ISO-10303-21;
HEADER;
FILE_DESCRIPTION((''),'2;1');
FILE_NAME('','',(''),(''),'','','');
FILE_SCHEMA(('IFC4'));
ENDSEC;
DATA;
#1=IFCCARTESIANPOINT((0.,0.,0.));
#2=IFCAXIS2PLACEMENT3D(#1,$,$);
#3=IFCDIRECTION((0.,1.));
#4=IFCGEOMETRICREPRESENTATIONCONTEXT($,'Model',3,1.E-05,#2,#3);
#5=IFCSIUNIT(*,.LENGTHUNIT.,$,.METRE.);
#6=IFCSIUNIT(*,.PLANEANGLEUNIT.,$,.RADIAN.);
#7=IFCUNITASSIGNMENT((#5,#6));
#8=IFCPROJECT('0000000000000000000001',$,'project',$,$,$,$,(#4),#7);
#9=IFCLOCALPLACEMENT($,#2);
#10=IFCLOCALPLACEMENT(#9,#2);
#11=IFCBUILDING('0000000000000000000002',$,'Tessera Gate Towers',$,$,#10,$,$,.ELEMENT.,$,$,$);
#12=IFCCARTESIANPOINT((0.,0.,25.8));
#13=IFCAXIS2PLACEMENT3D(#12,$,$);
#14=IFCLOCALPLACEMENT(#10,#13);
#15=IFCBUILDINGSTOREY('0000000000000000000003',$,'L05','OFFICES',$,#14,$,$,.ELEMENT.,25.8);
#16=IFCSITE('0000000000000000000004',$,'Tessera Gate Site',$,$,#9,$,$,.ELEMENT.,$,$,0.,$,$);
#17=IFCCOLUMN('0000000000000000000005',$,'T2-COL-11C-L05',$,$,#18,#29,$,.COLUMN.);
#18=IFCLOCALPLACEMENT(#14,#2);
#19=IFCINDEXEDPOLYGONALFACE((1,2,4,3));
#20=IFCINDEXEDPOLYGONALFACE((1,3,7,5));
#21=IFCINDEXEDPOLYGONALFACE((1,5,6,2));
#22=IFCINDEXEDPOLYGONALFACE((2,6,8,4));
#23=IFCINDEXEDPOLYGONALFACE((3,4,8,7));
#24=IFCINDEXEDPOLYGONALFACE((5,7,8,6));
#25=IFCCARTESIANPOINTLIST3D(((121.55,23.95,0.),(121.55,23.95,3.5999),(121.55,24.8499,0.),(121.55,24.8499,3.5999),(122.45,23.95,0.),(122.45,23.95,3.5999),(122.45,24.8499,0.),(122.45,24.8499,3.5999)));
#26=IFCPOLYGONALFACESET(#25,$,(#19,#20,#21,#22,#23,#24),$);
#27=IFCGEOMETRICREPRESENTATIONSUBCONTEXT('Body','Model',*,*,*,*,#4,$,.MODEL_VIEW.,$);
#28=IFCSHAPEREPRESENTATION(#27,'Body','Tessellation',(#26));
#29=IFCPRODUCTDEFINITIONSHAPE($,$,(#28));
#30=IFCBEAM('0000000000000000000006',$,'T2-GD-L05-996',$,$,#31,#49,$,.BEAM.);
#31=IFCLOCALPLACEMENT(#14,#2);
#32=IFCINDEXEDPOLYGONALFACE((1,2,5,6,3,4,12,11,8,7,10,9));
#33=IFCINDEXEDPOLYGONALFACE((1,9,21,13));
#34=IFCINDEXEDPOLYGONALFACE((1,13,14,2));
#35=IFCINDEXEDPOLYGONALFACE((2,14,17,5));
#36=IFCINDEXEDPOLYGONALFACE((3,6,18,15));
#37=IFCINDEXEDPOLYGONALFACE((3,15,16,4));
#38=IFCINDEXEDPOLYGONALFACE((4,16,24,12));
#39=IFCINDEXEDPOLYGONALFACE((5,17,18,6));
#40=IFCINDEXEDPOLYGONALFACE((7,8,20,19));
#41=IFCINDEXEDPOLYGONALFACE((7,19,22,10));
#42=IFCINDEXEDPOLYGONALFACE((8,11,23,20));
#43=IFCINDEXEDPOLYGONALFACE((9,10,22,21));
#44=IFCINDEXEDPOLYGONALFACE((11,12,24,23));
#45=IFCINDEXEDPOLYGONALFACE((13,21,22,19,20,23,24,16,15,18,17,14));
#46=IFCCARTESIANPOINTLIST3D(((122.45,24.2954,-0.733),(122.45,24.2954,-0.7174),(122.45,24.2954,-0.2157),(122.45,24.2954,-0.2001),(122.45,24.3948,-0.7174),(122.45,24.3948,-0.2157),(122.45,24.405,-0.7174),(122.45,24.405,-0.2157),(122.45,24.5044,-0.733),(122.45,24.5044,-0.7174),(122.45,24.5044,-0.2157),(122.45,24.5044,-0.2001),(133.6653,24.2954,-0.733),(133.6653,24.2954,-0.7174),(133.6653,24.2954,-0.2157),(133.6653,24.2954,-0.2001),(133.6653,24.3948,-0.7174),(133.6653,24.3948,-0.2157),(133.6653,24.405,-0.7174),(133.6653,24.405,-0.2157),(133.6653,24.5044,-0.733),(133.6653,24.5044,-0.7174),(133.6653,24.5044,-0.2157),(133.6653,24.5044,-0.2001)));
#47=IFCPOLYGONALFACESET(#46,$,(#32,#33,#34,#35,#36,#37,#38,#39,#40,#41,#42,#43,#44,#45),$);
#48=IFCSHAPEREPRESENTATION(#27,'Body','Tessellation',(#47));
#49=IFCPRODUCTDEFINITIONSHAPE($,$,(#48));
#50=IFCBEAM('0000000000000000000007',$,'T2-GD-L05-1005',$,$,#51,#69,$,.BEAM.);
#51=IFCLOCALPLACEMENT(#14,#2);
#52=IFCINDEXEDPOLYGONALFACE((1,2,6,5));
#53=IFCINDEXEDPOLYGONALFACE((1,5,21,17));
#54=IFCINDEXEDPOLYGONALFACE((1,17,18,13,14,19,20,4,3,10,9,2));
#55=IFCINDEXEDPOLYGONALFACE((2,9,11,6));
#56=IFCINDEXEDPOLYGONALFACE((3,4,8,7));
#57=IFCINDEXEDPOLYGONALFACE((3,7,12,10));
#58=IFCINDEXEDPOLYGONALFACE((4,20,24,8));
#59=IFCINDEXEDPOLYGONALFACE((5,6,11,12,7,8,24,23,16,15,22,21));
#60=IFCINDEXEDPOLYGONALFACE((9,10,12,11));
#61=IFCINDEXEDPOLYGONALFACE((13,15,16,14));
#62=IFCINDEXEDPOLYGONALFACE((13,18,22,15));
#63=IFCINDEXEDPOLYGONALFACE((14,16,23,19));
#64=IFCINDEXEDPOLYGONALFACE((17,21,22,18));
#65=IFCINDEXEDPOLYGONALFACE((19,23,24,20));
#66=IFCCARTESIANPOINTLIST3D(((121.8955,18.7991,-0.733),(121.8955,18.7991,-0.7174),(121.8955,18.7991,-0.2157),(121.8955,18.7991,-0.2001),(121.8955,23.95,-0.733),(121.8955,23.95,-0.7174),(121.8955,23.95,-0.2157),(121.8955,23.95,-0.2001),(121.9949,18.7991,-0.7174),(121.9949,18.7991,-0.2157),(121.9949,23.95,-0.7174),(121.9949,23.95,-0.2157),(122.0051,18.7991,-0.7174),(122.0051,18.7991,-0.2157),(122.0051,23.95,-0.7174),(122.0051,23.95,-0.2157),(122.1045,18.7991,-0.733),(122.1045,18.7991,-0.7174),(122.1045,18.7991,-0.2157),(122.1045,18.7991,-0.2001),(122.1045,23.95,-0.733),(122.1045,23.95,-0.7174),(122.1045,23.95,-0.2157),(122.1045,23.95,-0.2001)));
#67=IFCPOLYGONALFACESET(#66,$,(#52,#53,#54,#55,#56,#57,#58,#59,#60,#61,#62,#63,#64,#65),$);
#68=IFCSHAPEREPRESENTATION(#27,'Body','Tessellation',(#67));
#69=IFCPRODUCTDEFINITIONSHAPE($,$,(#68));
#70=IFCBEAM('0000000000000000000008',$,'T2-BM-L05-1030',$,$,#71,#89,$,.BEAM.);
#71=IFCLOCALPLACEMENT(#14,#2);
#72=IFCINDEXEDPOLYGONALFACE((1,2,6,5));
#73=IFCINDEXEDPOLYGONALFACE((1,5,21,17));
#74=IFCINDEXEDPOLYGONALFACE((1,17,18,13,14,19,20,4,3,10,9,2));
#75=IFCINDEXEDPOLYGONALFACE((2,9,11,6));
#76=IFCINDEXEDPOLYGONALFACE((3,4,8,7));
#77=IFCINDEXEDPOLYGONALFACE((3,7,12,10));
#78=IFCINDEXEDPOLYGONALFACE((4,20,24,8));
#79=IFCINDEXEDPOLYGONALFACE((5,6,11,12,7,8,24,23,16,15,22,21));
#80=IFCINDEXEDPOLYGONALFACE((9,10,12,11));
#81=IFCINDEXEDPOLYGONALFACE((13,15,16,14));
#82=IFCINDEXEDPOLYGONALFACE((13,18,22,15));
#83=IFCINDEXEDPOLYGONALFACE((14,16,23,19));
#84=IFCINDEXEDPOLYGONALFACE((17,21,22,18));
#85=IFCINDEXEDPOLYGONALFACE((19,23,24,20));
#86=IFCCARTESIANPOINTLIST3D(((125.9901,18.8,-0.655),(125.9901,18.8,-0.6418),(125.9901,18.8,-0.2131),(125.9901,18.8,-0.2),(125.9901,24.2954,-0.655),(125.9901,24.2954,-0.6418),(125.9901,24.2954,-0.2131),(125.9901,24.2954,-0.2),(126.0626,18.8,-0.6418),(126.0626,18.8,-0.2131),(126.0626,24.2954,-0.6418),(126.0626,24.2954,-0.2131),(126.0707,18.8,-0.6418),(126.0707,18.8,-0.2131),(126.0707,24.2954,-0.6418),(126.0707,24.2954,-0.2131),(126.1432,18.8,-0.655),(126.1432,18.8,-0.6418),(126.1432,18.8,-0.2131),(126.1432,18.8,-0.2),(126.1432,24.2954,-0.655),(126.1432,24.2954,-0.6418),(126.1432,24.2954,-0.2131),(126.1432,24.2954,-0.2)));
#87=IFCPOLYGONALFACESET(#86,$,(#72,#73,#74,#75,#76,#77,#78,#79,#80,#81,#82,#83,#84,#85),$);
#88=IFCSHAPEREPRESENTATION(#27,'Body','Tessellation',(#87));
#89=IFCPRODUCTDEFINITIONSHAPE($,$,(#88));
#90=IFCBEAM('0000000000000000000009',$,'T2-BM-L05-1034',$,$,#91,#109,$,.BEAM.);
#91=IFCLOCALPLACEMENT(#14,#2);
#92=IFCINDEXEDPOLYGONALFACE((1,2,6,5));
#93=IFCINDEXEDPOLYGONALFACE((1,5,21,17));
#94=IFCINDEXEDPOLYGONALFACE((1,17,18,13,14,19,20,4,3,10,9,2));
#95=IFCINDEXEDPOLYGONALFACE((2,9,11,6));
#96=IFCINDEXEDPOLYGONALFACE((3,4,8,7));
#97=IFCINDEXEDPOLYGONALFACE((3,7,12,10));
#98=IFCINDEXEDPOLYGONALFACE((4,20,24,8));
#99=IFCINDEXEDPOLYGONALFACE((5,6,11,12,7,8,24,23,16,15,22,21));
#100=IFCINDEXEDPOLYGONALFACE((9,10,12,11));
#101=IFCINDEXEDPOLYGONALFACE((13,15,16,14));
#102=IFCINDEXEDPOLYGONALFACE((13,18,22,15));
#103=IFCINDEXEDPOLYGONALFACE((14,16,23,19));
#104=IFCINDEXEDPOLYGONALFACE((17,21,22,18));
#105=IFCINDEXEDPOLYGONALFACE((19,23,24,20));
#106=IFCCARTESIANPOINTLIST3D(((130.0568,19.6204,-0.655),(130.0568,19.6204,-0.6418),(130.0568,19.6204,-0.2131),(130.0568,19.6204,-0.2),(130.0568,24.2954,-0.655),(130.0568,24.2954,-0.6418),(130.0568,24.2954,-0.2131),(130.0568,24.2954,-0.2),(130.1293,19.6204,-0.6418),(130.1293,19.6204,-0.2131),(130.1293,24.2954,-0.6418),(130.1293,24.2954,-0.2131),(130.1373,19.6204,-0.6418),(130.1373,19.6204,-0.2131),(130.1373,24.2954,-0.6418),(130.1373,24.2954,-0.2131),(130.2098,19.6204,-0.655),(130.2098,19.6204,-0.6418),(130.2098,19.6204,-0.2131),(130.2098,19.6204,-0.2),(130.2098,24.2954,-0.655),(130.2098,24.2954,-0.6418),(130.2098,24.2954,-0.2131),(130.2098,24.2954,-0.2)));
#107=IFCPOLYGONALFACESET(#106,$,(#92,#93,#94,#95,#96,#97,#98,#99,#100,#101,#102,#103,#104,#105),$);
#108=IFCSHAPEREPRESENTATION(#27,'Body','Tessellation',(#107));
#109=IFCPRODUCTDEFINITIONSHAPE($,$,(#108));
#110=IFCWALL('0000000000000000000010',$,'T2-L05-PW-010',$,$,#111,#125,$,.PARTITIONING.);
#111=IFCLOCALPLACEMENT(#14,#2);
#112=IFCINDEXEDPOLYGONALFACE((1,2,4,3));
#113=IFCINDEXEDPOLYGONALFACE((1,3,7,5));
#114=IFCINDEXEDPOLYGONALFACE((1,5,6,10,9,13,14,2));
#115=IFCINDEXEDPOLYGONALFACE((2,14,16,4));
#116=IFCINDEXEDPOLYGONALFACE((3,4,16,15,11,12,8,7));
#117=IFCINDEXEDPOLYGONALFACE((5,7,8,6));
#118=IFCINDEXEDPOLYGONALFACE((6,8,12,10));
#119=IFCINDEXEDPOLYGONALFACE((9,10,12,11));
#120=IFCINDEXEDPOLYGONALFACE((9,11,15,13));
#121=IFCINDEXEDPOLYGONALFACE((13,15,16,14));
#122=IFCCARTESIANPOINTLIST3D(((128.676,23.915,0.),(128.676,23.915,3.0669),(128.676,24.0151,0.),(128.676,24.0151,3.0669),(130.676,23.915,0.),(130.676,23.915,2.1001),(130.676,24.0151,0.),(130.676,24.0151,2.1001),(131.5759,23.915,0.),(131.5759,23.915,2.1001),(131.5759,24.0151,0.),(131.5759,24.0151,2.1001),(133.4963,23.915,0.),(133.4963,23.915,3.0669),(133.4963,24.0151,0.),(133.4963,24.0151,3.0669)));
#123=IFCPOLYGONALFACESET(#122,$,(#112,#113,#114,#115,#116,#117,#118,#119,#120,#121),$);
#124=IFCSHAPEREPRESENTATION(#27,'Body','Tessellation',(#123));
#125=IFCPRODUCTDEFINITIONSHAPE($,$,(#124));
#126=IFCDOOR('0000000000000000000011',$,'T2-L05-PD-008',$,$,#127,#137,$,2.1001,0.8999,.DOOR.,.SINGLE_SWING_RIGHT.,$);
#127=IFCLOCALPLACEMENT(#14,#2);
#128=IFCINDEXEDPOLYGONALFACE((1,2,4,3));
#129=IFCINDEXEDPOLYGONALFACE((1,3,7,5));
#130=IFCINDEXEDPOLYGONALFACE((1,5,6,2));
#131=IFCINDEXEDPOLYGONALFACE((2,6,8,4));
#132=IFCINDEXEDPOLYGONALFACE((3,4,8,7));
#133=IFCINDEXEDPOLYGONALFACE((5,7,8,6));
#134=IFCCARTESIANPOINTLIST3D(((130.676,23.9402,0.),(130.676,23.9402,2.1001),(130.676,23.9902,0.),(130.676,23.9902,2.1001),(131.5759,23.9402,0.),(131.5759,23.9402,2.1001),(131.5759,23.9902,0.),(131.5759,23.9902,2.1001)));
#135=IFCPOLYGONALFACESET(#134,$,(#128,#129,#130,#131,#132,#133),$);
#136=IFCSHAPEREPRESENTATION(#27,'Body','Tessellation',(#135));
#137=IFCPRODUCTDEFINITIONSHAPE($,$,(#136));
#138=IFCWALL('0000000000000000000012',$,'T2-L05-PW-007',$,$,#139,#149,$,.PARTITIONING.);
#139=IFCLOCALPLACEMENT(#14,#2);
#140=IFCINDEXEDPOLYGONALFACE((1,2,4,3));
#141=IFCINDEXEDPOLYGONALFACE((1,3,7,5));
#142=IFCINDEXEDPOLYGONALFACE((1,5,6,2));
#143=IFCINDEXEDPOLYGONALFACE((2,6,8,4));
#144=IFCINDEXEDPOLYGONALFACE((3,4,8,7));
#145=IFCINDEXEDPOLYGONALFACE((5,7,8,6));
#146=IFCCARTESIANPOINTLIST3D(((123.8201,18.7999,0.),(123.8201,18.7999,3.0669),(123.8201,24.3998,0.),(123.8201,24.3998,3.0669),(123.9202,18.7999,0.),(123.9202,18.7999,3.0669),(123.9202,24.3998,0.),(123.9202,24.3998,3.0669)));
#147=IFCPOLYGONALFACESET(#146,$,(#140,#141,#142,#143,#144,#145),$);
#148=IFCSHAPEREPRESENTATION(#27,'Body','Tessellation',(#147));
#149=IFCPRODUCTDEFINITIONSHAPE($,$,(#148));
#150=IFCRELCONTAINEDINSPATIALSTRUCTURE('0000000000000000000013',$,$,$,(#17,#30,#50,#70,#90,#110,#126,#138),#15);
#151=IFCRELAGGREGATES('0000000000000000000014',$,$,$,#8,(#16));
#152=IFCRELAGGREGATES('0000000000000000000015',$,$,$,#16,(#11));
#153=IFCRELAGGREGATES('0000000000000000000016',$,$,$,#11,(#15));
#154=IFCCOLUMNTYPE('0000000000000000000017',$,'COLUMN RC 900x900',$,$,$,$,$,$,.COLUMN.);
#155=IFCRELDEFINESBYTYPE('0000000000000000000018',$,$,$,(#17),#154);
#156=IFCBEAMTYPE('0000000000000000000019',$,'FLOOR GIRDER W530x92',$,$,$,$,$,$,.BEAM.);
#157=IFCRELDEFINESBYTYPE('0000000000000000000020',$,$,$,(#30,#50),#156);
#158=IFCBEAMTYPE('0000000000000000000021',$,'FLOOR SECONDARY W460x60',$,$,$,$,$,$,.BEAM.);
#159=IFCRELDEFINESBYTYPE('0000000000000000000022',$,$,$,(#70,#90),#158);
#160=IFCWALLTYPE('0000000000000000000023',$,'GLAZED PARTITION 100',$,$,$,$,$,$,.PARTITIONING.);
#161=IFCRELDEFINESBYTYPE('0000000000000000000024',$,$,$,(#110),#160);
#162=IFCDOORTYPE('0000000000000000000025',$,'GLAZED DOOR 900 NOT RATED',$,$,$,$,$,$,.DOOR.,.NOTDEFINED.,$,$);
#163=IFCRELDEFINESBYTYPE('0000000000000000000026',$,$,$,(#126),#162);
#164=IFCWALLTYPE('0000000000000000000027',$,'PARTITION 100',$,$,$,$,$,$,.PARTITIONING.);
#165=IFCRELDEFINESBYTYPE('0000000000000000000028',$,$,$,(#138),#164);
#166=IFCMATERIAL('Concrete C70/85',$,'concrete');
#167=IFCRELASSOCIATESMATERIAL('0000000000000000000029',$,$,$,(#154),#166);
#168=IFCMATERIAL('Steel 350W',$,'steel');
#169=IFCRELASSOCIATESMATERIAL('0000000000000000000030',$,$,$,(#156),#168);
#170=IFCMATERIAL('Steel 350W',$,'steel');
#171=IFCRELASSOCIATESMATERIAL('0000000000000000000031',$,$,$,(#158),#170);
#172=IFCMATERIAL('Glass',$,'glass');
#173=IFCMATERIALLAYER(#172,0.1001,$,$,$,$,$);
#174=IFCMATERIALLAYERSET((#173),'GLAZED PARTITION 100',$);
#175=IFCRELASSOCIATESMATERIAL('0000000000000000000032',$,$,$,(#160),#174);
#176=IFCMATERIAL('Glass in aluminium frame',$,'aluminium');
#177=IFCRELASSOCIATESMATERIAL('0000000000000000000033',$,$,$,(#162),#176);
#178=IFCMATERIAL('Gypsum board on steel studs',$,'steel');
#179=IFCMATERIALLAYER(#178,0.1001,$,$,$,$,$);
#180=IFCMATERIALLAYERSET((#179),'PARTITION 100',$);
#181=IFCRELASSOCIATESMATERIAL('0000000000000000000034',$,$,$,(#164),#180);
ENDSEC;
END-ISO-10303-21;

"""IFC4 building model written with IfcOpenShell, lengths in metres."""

from ifc_helpers import new_model, si_unit, direction, frame, frame_2d, origin, origin_2d, place, context, subcontext, project, spatial, rectangle, i_section, extrude, source, transform, mapped, material, layer, layer_set, material_profile, profile_set, type_object, element, fill, save


model = new_model("IFC4")

# Units and contexts
model_context = context("Model", 3, precision=1e-05, world=origin(), true_north=direction((0.0, 1.0)))
body_context = subcontext(model_context, "Body", "Model", "MODEL_VIEW")
ifc_project = project(units=[si_unit("LENGTHUNIT", "METRE"), si_unit("PLANEANGLEUNIT", "RADIAN")], contexts=[model_context])

# Site, building, storey
site_placement = place(None, origin())
site = spatial("IfcSite", under=ifc_project, at=site_placement, Name="Tessera Gate Site", CompositionType="ELEMENT", RefElevation=0.0)
building_placement = place(site_placement, origin())
building = spatial("IfcBuilding", under=site, at=building_placement, Name="Tessera Gate Towers", CompositionType="ELEMENT")
storey_placement = place(building_placement, frame((0.0, 0.0, 25.8)))
storey = spatial("IfcBuildingStorey", under=building, at=storey_placement, Name="L05", Description="OFFICES", CompositionType="ELEMENT", Elevation=25.8)

# Column
ifc_material_1 = material(Name="Concrete C70/85", Category="concrete")
ifc_material_profile_1 = material_profile(ifc_material_1, rectangle(XDim=0.8999, YDim=0.8999, at=origin_2d()), Name="RC 900x900")
ifc_profile_set_1 = profile_set([ifc_material_profile_1], Name="Concrete C70/85")
column_type = type_object("IfcColumnType", Name="COLUMN RC 900x900", PredefinedType="COLUMN", material=ifc_profile_set_1)
column_placement = place(storey_placement, frame((122.0, 24.3999, 0.0), z_axis=(0.0, 0.0, 1.0), x_axis=(1.0, 0.0, 0.0)))
element("IfcColumn", 1, at=column_placement, inside=storey, type_object=column_type, Name="T2-COL-11C-L05", PredefinedType="COLUMN", context=body_context, shape_type="SweptSolid", body=[
    extrude(rectangle(XDim=0.8999, YDim=0.8999, at=origin_2d()), origin(), (0.0, 0.0, 1.0), 3.5999),
])

# Beams
ifc_material_2 = material(Name="Steel 350W", Category="steel")
ifc_material_profile_2 = material_profile(ifc_material_2, i_section(OverallWidth=0.209, OverallDepth=0.533, WebThickness=0.0103, FlangeThickness=0.0156, at=origin_2d()), Name="W530x92")
ifc_profile_set_2 = profile_set([ifc_material_profile_2], Name="Steel 350W")
beam_type_1 = type_object("IfcBeamType", Name="FLOOR GIRDER W530x92", PredefinedType="BEAM", material=ifc_profile_set_2)
beam_1_placement = place(storey_placement, frame((122.45, 24.3999, -0.4666), z_axis=(1.0, 0.0, 0.0), x_axis=(0.0, 1.0, 0.0)))
element("IfcBeam", 2, at=beam_1_placement, inside=storey, type_object=beam_type_1, Name="T2-GD-L05-996", PredefinedType="BEAM", context=body_context, shape_type="SweptSolid", body=[
    extrude(i_section(OverallWidth=0.209, OverallDepth=0.533, WebThickness=0.0103, FlangeThickness=0.0156, at=origin_2d()), origin(), (0.0, 0.0, 1.0), 11.2153),
])
beam_2_placement = place(storey_placement, frame((122.0, 18.7991, -0.4666), z_axis=(0.0, 1.0, 0.0), x_axis=(-1.0, 0.0, 0.0)))
element("IfcBeam", 3, at=beam_2_placement, inside=storey, type_object=beam_type_1, Name="T2-GD-L05-1005", PredefinedType="BEAM", context=body_context, shape_type="SweptSolid", body=[
    extrude(i_section(OverallWidth=0.209, OverallDepth=0.533, WebThickness=0.0103, FlangeThickness=0.0156, at=origin_2d()), origin(), (0.0, 0.0, 1.0), 5.1509),
])
ifc_material_3 = material(Name="Steel 350W", Category="steel")
ifc_material_profile_3 = material_profile(ifc_material_3, i_section(OverallWidth=0.1531, OverallDepth=0.4551, WebThickness=0.0081, FlangeThickness=0.0132, at=origin_2d()), Name="W460x60")
ifc_profile_set_3 = profile_set([ifc_material_profile_3], Name="Steel 350W")
beam_type_2 = type_object("IfcBeamType", Name="FLOOR SECONDARY W460x60", PredefinedType="BEAM", material=ifc_profile_set_3)
beam_3_placement = place(storey_placement, frame((126.0667, 18.8, -0.4275), z_axis=(0.0, 1.0, 0.0), x_axis=(-1.0, 0.0, 0.0)))
element("IfcBeam", 4, at=beam_3_placement, inside=storey, type_object=beam_type_2, Name="T2-BM-L05-1030", PredefinedType="BEAM", context=body_context, shape_type="SweptSolid", body=[
    extrude(i_section(OverallWidth=0.1531, OverallDepth=0.4551, WebThickness=0.0081, FlangeThickness=0.0132, at=origin_2d()), origin(), (0.0, 0.0, 1.0), 5.4954),
])
beam_4_placement = place(storey_placement, frame((130.1333, 19.6204, -0.4275), z_axis=(0.0, 1.0, 0.0), x_axis=(-1.0, 0.0, 0.0)))
element("IfcBeam", 5, at=beam_4_placement, inside=storey, type_object=beam_type_2, Name="T2-BM-L05-1034", PredefinedType="BEAM", context=body_context, shape_type="SweptSolid", body=[
    extrude(i_section(OverallWidth=0.1531, OverallDepth=0.4551, WebThickness=0.0081, FlangeThickness=0.0132, at=origin_2d()), origin(), (0.0, 0.0, 1.0), 4.675),
])

# Wall, opening, door
ifc_material_4 = material(Name="Glass", Category="glass")
ifc_layer_1 = layer(ifc_material_4, 0.1001)
ifc_layer_set_1 = layer_set([ifc_layer_1], Name="GLAZED PARTITION 100")
wall_type_1 = type_object("IfcWallType", Name="GLAZED PARTITION 100", PredefinedType="PARTITIONING", material=ifc_layer_set_1)
wall_1_placement = place(storey_placement, frame((133.4963, 23.9651, 0.0), z_axis=(0.0, 0.0, 1.0), x_axis=(-1.0, 0.0, 0.0)))
wall_1 = element("IfcWall", 6, at=wall_1_placement, inside=storey, type_object=wall_type_1, Name="T2-L05-PW-010", PredefinedType="PARTITIONING", context=body_context, shape_type="SweptSolid", body=[
    extrude(rectangle(XDim=4.8203, YDim=0.1001, at=frame_2d((2.4102, 0.0))), origin(), (0.0, 0.0, 1.0), 3.0669),
])
shared_shape_1 = source(origin(), body_context, "Body", "SweptSolid", [
    extrude(rectangle(XDim=0.8999, YDim=2.1001, at=frame_2d((0.45, 1.05))), frame((0.0, 0.0601, 0.0), z_axis=(0.0, -1.0, 0.0), x_axis=(1.0, 0.0, 0.0)), (0.0, 0.0, 1.0), 0.1201),
])
opening_1_placement = place(wall_1_placement, frame((1.9204, 0.0, 0.0)))
opening_1 = element("IfcOpeningElement", 7, at=opening_1_placement, cuts=wall_1, PredefinedType="OPENING", context=body_context, shape_type="MappedRepresentation", body=[
    mapped(shared_shape_1, transform((0.0, 0.0, 0.0), scale=1.0)),
])
ifc_material_5 = material(Name="Glass in aluminium frame", Category="aluminium")
door_type_1 = type_object("IfcDoorType", Name="GLAZED DOOR 900 NOT RATED", OperationType="NOTDEFINED", PredefinedType="DOOR", material=ifc_material_5)
shared_shape_2 = source(origin(), body_context, "Body", "SweptSolid", [
    extrude(rectangle(XDim=0.8999, YDim=2.1001, at=frame_2d((0.45, 1.05))), frame((0.0, 0.0249, 0.0), z_axis=(0.0, -1.0, 0.0), x_axis=(1.0, 0.0, 0.0)), (0.0, 0.0, 1.0), 0.05),
])
door_1_placement = place(opening_1_placement, origin())
door_1 = element("IfcDoor", 8, at=door_1_placement, inside=storey, type_object=door_type_1, Name="T2-L05-PD-008", OperationType="SINGLE_SWING_RIGHT", OverallHeight=2.1001, OverallWidth=0.8999, PredefinedType="DOOR", context=body_context, shape_type="MappedRepresentation", body=[
    mapped(shared_shape_2, transform((0.0, 0.0, 0.0), scale=1.0)),
])
fill(opening_1, door_1)

# Wall
ifc_material_6 = material(Name="Gypsum board on steel studs", Category="steel")
ifc_layer_2 = layer(ifc_material_6, 0.1001)
ifc_layer_set_2 = layer_set([ifc_layer_2], Name="PARTITION 100")
wall_type_2 = type_object("IfcWallType", Name="PARTITION 100", PredefinedType="PARTITIONING", material=ifc_layer_set_2)
wall_2_placement = place(storey_placement, frame((123.8701, 18.8, 0.0), z_axis=(0.0, 0.0, 1.0), x_axis=(0.0, 1.0, 0.0)))
element("IfcWall", 9, at=wall_2_placement, inside=storey, type_object=wall_type_2, Name="T2-L05-PW-007", PredefinedType="PARTITIONING", context=body_context, shape_type="SweptSolid", body=[
    extrude(rectangle(XDim=5.5999, YDim=0.1001, at=frame_2d((2.7998, 0.0))), origin(), (0.0, 0.0, 1.0), 3.0669),
])

save(model, "model.ifc")
